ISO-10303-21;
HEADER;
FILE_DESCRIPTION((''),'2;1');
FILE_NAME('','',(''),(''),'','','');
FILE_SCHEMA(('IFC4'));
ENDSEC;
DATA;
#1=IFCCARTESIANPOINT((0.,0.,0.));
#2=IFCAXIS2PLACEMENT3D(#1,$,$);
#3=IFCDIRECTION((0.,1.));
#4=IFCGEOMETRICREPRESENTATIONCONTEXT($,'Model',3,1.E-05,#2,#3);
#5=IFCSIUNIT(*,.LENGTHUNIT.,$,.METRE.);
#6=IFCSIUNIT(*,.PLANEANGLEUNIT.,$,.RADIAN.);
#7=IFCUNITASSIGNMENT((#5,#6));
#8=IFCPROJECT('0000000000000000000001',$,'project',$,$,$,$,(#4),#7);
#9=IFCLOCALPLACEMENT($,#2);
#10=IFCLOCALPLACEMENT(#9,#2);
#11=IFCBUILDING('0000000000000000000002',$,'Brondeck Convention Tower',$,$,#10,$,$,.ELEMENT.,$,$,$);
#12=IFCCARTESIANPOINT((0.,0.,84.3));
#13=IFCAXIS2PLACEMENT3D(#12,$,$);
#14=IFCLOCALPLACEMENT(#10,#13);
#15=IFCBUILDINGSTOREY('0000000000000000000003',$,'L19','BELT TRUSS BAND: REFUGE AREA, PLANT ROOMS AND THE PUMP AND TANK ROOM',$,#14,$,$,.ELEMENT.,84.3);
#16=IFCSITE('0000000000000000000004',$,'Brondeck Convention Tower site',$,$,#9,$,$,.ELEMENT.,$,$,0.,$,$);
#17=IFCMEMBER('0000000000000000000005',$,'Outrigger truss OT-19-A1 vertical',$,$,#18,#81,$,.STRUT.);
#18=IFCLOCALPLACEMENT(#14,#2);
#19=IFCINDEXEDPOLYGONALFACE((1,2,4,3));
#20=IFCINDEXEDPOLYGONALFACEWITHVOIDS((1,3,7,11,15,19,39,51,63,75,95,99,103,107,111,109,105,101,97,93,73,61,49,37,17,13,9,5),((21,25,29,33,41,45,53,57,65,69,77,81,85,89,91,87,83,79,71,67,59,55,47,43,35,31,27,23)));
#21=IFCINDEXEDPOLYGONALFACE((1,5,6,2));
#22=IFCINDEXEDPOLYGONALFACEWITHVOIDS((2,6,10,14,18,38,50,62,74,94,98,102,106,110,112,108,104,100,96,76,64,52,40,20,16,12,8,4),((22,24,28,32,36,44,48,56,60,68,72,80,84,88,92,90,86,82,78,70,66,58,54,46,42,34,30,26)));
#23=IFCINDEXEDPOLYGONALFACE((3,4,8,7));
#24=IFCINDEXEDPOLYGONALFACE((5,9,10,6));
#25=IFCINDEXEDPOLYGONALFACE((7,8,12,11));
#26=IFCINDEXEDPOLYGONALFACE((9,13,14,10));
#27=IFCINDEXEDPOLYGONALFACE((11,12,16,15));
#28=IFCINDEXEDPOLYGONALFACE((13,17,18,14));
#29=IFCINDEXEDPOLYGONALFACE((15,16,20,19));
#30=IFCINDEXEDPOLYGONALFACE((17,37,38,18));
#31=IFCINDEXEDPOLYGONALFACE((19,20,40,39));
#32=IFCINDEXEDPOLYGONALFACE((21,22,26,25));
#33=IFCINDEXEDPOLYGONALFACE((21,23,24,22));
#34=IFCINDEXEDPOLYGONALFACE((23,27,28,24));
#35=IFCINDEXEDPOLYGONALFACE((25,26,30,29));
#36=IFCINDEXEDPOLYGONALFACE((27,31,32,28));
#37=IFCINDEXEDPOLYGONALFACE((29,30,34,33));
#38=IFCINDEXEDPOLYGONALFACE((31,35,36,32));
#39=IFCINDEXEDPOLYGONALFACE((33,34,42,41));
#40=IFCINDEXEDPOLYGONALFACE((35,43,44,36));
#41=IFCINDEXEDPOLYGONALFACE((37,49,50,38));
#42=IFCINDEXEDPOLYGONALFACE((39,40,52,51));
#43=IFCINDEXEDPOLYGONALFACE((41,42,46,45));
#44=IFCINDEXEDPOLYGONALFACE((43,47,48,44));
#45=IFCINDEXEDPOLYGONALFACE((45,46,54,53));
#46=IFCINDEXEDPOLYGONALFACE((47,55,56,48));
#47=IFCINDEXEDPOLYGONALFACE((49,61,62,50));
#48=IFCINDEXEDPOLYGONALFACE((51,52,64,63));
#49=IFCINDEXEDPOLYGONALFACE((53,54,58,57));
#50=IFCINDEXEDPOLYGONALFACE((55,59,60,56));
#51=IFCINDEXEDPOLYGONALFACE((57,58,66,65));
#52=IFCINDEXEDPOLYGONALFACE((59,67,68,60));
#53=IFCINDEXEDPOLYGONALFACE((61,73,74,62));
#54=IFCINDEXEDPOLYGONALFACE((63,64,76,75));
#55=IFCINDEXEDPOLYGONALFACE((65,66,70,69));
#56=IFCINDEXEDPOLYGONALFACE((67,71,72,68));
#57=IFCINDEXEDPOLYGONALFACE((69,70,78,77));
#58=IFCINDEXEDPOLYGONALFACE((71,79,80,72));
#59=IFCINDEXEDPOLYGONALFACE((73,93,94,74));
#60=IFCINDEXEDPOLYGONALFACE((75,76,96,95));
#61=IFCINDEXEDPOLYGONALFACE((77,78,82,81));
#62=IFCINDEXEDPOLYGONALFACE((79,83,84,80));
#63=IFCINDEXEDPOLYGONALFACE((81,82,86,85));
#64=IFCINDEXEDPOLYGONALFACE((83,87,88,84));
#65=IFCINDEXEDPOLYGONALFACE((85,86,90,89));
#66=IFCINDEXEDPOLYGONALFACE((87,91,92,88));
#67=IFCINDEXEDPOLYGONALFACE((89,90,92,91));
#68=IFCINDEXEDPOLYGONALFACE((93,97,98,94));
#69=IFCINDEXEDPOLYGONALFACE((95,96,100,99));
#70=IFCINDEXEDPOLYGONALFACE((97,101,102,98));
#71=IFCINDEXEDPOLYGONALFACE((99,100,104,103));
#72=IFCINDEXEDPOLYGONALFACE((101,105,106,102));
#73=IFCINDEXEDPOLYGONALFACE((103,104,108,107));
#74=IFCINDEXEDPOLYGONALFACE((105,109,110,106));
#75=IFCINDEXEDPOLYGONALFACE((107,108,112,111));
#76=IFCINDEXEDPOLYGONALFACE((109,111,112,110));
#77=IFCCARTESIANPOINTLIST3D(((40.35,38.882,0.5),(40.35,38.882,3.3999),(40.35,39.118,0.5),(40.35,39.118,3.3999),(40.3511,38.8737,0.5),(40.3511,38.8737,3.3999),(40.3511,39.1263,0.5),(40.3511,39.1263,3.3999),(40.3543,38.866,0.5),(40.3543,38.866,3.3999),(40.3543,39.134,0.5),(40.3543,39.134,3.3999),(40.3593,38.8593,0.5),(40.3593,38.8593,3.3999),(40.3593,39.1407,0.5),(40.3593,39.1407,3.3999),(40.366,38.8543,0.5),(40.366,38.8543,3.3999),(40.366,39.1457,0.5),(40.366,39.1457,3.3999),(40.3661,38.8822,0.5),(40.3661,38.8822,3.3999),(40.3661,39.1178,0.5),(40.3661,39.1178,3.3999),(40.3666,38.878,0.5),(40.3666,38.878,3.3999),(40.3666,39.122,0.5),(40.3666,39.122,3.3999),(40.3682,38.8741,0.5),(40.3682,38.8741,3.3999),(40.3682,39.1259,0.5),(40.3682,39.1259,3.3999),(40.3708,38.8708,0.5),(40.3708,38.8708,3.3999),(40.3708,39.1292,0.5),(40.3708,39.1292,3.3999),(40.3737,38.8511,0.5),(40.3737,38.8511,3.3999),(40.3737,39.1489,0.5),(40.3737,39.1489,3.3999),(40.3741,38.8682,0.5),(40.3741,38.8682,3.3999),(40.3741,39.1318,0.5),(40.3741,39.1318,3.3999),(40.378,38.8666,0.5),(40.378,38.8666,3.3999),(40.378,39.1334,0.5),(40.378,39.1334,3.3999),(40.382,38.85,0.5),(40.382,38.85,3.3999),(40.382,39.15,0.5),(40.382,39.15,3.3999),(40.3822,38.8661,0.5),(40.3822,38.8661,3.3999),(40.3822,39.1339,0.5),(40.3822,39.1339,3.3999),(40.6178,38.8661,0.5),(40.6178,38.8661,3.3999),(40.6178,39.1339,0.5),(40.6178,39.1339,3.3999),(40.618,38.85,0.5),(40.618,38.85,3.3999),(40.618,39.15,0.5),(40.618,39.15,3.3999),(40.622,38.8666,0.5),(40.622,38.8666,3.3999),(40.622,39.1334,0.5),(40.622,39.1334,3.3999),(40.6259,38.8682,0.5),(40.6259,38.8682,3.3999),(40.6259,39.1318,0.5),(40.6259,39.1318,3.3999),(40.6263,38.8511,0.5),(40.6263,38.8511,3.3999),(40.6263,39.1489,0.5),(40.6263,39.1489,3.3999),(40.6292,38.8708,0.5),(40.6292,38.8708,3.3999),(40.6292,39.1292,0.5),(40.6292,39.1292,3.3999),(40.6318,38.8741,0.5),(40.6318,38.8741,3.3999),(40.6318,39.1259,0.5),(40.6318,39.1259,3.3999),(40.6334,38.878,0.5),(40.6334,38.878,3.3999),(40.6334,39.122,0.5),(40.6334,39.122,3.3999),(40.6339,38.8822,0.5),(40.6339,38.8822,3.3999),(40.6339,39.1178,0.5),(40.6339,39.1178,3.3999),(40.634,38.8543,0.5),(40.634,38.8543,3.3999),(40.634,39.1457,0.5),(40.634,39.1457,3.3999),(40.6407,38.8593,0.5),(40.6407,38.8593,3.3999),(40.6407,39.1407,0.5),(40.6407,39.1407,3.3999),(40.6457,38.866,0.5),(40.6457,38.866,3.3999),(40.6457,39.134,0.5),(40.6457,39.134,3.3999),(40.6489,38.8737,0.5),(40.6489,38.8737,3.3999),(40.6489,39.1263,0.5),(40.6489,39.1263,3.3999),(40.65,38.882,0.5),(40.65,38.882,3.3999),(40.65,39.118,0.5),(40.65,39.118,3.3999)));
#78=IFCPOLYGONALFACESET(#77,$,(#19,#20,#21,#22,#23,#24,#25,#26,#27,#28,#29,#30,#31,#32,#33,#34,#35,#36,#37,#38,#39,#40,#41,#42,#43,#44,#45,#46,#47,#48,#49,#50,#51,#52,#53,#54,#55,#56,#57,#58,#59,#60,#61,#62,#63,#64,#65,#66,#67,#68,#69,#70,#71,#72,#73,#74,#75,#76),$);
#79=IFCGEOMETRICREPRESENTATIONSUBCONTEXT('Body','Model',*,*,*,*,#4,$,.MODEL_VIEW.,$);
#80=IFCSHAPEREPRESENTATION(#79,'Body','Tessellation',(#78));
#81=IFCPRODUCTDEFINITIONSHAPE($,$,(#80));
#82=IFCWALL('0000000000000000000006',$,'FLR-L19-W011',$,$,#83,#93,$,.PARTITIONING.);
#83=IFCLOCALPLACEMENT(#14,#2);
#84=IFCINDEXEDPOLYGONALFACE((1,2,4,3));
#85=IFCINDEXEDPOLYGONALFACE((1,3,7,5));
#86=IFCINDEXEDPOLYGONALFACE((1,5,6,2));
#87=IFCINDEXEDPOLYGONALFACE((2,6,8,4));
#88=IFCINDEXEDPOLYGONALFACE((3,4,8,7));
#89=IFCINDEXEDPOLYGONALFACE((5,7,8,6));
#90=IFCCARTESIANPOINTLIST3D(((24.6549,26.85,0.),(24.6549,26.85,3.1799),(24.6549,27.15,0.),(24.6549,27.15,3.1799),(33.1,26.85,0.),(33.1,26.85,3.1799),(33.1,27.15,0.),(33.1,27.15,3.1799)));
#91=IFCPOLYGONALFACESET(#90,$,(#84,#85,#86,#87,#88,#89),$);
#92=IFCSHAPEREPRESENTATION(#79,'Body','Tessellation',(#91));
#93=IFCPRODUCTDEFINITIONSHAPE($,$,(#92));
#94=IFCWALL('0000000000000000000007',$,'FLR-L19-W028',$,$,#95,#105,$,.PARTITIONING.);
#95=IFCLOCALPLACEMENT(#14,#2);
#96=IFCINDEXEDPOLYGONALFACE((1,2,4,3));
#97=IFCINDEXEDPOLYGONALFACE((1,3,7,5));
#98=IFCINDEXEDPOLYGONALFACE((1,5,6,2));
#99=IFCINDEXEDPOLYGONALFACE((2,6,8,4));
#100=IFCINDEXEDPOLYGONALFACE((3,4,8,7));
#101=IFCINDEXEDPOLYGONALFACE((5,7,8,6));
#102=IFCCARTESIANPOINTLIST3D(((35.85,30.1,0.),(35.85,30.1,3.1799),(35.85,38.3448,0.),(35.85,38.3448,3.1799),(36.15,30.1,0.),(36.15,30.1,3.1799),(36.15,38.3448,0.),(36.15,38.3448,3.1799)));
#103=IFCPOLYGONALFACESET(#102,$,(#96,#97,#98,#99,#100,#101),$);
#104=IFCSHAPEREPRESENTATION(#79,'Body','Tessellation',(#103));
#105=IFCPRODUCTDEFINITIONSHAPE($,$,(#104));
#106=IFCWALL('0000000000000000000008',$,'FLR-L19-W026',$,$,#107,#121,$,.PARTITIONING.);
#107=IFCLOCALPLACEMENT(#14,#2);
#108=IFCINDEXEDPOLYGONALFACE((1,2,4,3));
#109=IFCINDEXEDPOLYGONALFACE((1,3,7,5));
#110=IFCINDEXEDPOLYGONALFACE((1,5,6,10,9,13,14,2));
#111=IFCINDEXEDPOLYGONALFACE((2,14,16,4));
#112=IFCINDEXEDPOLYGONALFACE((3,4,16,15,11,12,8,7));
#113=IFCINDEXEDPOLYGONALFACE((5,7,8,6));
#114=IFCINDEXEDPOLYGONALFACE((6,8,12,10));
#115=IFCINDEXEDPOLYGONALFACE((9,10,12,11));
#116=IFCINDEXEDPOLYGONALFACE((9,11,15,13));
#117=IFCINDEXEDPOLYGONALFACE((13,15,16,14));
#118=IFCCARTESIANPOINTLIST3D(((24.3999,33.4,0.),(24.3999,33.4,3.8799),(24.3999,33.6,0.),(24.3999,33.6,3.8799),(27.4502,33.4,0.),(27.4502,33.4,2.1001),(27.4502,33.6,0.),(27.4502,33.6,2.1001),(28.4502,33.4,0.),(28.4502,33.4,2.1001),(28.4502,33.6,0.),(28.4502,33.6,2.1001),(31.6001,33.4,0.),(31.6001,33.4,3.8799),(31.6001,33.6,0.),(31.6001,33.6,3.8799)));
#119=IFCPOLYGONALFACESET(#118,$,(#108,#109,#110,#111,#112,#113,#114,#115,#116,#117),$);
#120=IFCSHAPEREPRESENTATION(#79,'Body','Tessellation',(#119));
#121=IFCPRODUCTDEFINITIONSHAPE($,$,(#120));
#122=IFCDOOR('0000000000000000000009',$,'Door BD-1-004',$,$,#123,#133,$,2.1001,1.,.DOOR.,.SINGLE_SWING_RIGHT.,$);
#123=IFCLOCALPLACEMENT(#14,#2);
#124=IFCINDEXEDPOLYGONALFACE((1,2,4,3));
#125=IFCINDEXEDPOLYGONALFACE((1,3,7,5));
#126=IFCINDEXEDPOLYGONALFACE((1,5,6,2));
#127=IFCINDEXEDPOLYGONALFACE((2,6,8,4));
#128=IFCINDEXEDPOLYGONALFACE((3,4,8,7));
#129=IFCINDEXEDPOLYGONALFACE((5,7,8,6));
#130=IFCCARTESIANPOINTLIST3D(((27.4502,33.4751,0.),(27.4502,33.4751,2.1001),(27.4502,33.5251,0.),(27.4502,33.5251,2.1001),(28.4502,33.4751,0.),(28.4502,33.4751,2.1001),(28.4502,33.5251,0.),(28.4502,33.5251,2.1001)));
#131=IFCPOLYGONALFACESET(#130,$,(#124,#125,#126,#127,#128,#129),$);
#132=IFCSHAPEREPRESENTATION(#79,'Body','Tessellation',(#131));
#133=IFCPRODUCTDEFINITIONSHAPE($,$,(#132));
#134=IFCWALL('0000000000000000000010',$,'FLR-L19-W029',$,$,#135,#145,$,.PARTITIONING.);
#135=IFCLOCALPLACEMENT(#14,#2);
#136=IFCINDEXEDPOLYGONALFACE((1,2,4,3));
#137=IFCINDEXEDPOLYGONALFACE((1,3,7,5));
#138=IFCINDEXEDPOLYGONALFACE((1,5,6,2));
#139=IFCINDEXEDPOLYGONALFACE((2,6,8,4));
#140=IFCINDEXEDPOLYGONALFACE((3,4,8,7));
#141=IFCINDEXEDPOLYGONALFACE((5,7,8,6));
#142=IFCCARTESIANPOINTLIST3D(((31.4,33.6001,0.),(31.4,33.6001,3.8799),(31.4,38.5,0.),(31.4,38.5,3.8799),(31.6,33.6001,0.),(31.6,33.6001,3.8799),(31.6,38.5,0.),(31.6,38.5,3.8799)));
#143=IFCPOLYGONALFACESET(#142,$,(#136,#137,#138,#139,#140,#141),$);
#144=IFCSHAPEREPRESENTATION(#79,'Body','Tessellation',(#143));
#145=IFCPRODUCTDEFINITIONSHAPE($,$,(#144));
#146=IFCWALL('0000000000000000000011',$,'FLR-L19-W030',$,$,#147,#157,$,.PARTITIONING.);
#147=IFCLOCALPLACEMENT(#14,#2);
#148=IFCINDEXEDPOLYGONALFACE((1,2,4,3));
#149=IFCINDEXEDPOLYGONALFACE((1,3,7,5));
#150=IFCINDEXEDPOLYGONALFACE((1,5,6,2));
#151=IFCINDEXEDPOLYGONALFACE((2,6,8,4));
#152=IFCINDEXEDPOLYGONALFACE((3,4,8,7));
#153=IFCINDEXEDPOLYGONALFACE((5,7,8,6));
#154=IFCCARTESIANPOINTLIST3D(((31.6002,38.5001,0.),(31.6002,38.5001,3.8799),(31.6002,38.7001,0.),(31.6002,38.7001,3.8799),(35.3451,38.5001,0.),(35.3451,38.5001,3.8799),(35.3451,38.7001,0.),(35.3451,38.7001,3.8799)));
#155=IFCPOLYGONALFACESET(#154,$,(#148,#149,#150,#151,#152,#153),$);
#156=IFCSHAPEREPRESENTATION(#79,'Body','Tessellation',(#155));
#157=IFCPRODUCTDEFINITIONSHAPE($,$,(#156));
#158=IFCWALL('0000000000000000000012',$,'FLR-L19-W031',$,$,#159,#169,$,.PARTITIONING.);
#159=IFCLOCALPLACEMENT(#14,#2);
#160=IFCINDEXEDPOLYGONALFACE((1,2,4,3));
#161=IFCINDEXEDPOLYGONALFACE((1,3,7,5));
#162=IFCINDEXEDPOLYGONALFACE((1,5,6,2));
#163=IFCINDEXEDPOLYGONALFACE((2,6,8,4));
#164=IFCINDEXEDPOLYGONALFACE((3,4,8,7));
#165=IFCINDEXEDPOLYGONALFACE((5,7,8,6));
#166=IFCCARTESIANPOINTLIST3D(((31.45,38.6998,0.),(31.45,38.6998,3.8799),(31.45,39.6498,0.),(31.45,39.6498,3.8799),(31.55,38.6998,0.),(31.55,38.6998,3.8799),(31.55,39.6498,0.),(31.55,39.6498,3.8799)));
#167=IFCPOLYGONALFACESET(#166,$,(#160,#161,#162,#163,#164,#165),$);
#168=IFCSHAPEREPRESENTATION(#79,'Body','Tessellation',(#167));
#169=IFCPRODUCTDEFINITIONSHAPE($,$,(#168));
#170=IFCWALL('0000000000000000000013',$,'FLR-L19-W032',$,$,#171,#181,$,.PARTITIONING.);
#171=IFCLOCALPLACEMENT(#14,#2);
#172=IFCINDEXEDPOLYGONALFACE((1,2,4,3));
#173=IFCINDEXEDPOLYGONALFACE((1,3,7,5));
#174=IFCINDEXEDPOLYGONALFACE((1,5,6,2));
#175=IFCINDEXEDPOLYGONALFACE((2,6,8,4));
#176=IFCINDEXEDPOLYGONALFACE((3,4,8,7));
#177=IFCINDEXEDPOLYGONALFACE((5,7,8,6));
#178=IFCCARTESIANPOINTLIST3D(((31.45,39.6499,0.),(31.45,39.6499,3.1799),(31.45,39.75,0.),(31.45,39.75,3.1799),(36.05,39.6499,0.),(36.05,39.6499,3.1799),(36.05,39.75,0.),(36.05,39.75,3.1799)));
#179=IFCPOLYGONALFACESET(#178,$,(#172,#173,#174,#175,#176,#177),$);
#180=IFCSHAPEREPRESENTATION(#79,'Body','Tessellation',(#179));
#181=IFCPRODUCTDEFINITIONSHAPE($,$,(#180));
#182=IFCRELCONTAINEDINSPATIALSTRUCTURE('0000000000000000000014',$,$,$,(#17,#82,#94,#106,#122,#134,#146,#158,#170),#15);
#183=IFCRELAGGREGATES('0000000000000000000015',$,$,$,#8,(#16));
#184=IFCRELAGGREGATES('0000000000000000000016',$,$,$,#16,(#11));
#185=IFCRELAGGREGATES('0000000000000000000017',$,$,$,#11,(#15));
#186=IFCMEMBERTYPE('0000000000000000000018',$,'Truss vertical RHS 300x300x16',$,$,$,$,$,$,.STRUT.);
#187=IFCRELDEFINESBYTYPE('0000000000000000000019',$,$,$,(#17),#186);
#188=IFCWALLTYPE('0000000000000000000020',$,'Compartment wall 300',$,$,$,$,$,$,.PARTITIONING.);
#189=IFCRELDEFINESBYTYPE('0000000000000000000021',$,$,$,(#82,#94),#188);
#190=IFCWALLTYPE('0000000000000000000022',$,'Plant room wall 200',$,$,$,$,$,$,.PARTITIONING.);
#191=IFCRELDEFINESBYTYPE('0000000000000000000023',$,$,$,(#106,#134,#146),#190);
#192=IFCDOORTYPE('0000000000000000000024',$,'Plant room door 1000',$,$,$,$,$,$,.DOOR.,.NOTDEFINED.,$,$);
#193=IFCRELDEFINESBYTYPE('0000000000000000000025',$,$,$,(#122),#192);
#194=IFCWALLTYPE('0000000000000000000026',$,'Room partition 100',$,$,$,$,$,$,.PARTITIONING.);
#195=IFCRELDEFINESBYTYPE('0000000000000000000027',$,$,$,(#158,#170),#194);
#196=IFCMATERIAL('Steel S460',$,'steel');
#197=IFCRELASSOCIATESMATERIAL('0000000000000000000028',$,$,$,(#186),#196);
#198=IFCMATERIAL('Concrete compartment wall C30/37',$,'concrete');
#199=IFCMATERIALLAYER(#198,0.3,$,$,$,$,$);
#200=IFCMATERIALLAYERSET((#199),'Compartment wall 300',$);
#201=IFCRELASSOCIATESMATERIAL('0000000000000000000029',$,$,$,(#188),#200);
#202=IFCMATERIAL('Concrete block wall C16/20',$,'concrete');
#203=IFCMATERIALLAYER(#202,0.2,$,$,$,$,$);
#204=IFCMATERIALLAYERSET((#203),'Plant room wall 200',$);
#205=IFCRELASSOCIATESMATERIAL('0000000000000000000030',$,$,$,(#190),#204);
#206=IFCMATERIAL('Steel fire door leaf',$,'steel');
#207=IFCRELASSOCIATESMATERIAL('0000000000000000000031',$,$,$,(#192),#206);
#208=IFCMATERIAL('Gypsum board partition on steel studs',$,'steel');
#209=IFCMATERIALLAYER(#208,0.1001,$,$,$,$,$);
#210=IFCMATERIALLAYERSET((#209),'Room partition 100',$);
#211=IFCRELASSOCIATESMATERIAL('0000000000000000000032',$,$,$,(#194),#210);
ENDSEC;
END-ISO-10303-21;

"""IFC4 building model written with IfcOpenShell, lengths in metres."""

from ifc_helpers import new_model, si_unit, direction, frame, frame_2d, origin, origin_2d, place, context, subcontext, project, spatial, rectangle, hollow_rectangle, extrude, material, layer, layer_set, material_profile, profile_set, type_object, element, fill, save


model = new_model("IFC4")

# Units and contexts
model_context = context("Model", 3, precision=1e-05, world=origin(), true_north=direction((0.0, 1.0)))
body_context = subcontext(model_context, "Body", "Model", "MODEL_VIEW")
ifc_project = project(units=[si_unit("LENGTHUNIT", "METRE"), si_unit("PLANEANGLEUNIT", "RADIAN")], contexts=[model_context])

# Site, building, storey
site_placement = place(None, origin())
site = spatial("IfcSite", under=ifc_project, at=site_placement, Name="Brondeck Convention Tower site", CompositionType="ELEMENT", RefElevation=0.0)
building_placement = place(site_placement, origin())
building = spatial("IfcBuilding", under=site, at=building_placement, Name="Brondeck Convention Tower", CompositionType="ELEMENT")
storey_placement = place(building_placement, frame((0.0, 0.0, 84.3)))
storey = spatial("IfcBuildingStorey", under=building, at=storey_placement, Name="L19", Description="BELT TRUSS BAND: REFUGE AREA, PLANT ROOMS AND THE PUMP AND TANK ROOM", CompositionType="ELEMENT", Elevation=84.3)

# Shared definitions
ifc_material_1 = material(Name="Steel S460", Category="steel")

# Member
ifc_material_profile_1 = material_profile(ifc_material_1, hollow_rectangle(XDim=0.3, YDim=0.3, WallThickness=0.0161, InnerFilletRadius=0.0161, OuterFilletRadius=0.032, at=origin_2d()), Name="RHS 300x300x16")
ifc_profile_set_1 = profile_set([ifc_material_profile_1], Name="Steel S460")
member_type_1 = type_object("IfcMemberType", Name="Truss vertical RHS 300x300x16", PredefinedType="STRUT", material=ifc_profile_set_1)
member_1_placement = place(storey_placement, frame((40.5, 39.0, 0.5), z_axis=(0.0, 0.0, 1.0), x_axis=(1.0, 0.0, 0.0)))
element("IfcMember", 1, at=member_1_placement, inside=storey, type_object=member_type_1, Name="Outrigger truss OT-19-A1 vertical", PredefinedType="STRUT", context=body_context, shape_type="SweptSolid", body=[
    extrude(hollow_rectangle(XDim=0.3, YDim=0.3, WallThickness=0.0161, InnerFilletRadius=0.0161, OuterFilletRadius=0.032, at=origin_2d()), origin(), (0.0, 0.0, 1.0), 2.8999),
])

# Walls
ifc_material_2 = material(Name="Concrete compartment wall C30/37", Category="concrete")
ifc_layer_1 = layer(ifc_material_2, 0.3)
ifc_layer_set_1 = layer_set([ifc_layer_1], Name="Compartment wall 300")
wall_type_1 = type_object("IfcWallType", Name="Compartment wall 300", PredefinedType="PARTITIONING", material=ifc_layer_set_1)
wall_1_placement = place(storey_placement, frame((33.1001, 27.0, 0.0), z_axis=(0.0, 0.0, 1.0), x_axis=(-1.0, 0.0, 0.0)))
element("IfcWall", 2, at=wall_1_placement, inside=storey, type_object=wall_type_1, Name="FLR-L19-W011", PredefinedType="PARTITIONING", context=body_context, shape_type="SweptSolid", body=[
    extrude(rectangle(XDim=8.4451, YDim=0.3, at=frame_2d((4.2227, 0.0))), origin(), (0.0, 0.0, 1.0), 3.1799),
])
wall_2_placement = place(storey_placement, frame((36.0, 38.345, 0.0), z_axis=(0.0, 0.0, 1.0), x_axis=(0.0, -1.0, 0.0)))
element("IfcWall", 3, at=wall_2_placement, inside=storey, type_object=wall_type_1, Name="FLR-L19-W028", PredefinedType="PARTITIONING", context=body_context, shape_type="SweptSolid", body=[
    extrude(rectangle(XDim=8.2449, YDim=0.3, at=frame_2d((4.1226, 0.0))), origin(), (0.0, 0.0, 1.0), 3.1799),
])

# Wall, opening, door
ifc_material_3 = material(Name="Concrete block wall C16/20", Category="concrete")
ifc_layer_2 = layer(ifc_material_3, 0.2)
ifc_layer_set_2 = layer_set([ifc_layer_2], Name="Plant room wall 200")
wall_type_2 = type_object("IfcWallType", Name="Plant room wall 200", PredefinedType="PARTITIONING", material=ifc_layer_set_2)
wall_3_placement = place(storey_placement, frame((31.6001, 33.5, 0.0), z_axis=(0.0, 0.0, 1.0), x_axis=(-1.0, 0.0, 0.0)))
wall_3 = element("IfcWall", 4, at=wall_3_placement, inside=storey, type_object=wall_type_2, Name="FLR-L19-W026", PredefinedType="PARTITIONING", context=body_context, shape_type="SweptSolid", body=[
    extrude(rectangle(XDim=7.2002, YDim=0.2, at=frame_2d((3.6001, 0.0))), origin(), (0.0, 0.0, 1.0), 3.8799),
])
opening_placement = place(wall_3_placement, frame((3.1499, 0.0, 0.0)))
opening = element("IfcOpeningElement", 5, at=opening_placement, cuts=wall_3, PredefinedType="OPENING", context=body_context, shape_type="SweptSolid", body=[
    extrude(rectangle(XDim=1.0, YDim=2.1001, at=frame_2d((0.5, 1.05))), frame((0.0, 0.1099, 0.0), z_axis=(0.0, -1.0, 0.0), x_axis=(1.0, 0.0, 0.0)), (0.0, 0.0, 1.0), 0.22),
])
ifc_material_4 = material(Name="Steel fire door leaf", Category="steel")
door_type = type_object("IfcDoorType", Name="Plant room door 1000", OperationType="NOTDEFINED", PredefinedType="DOOR", material=ifc_material_4)
door_placement = place(opening_placement, origin())
door = element("IfcDoor", 6, at=door_placement, inside=storey, type_object=door_type, Name="Door BD-1-004", OperationType="SINGLE_SWING_RIGHT", OverallHeight=2.1001, OverallWidth=1.0, PredefinedType="DOOR", context=body_context, shape_type="SweptSolid", body=[
    extrude(rectangle(XDim=1.0, YDim=2.1001, at=frame_2d((0.5, 1.05))), frame((0.0, 0.0249, 0.0), z_axis=(0.0, -1.0, 0.0), x_axis=(1.0, 0.0, 0.0)), (0.0, 0.0, 1.0), 0.05),
])
fill(opening, door)

# Walls
wall_4_placement = place(storey_placement, frame((31.5, 38.5, 0.0), z_axis=(0.0, 0.0, 1.0), x_axis=(0.0, -1.0, 0.0)))
element("IfcWall", 7, at=wall_4_placement, inside=storey, type_object=wall_type_2, Name="FLR-L19-W029", PredefinedType="PARTITIONING", context=body_context, shape_type="SweptSolid", body=[
    extrude(rectangle(XDim=4.8999, YDim=0.2, at=frame_2d((2.45, 0.0))), origin(), (0.0, 0.0, 1.0), 3.8799),
])
wall_5_placement = place(storey_placement, frame((31.6001, 38.6001, 0.0), z_axis=(0.0, 0.0, 1.0), x_axis=(1.0, 0.0, 0.0)))
element("IfcWall", 8, at=wall_5_placement, inside=storey, type_object=wall_type_2, Name="FLR-L19-W030", PredefinedType="PARTITIONING", context=body_context, shape_type="SweptSolid", body=[
    extrude(rectangle(XDim=3.7449, YDim=0.2, at=frame_2d((1.8726, 0.0))), origin(), (0.0, 0.0, 1.0), 3.8799),
])
ifc_material_5 = material(Name="Gypsum board partition on steel studs", Category="steel")
ifc_layer_3 = layer(ifc_material_5, 0.1001)
ifc_layer_set_3 = layer_set([ifc_layer_3], Name="Room partition 100")
wall_type_3 = type_object("IfcWallType", Name="Room partition 100", PredefinedType="PARTITIONING", material=ifc_layer_set_3)
wall_6_placement = place(storey_placement, frame((31.5, 39.6499, 0.0), z_axis=(0.0, 0.0, 1.0), x_axis=(0.0, -1.0, 0.0)))
element("IfcWall", 9, at=wall_6_placement, inside=storey, type_object=wall_type_3, Name="FLR-L19-W031", PredefinedType="PARTITIONING", context=body_context, shape_type="SweptSolid", body=[
    extrude(rectangle(XDim=0.95, YDim=0.1001, at=frame_2d((0.4751, 0.0))), origin(), (0.0, 0.0, 1.0), 3.8799),
])
wall_7_placement = place(storey_placement, frame((36.05, 39.7, 0.0), z_axis=(0.0, 0.0, 1.0), x_axis=(-1.0, 0.0, 0.0)))
element("IfcWall", 10, at=wall_7_placement, inside=storey, type_object=wall_type_3, Name="FLR-L19-W032", PredefinedType="PARTITIONING", context=body_context, shape_type="SweptSolid", body=[
    extrude(rectangle(XDim=4.6001, YDim=0.1001, at=frame_2d((2.3, 0.0))), origin(), (0.0, 0.0, 1.0), 3.1799),
])

save(model, "model.ifc")
